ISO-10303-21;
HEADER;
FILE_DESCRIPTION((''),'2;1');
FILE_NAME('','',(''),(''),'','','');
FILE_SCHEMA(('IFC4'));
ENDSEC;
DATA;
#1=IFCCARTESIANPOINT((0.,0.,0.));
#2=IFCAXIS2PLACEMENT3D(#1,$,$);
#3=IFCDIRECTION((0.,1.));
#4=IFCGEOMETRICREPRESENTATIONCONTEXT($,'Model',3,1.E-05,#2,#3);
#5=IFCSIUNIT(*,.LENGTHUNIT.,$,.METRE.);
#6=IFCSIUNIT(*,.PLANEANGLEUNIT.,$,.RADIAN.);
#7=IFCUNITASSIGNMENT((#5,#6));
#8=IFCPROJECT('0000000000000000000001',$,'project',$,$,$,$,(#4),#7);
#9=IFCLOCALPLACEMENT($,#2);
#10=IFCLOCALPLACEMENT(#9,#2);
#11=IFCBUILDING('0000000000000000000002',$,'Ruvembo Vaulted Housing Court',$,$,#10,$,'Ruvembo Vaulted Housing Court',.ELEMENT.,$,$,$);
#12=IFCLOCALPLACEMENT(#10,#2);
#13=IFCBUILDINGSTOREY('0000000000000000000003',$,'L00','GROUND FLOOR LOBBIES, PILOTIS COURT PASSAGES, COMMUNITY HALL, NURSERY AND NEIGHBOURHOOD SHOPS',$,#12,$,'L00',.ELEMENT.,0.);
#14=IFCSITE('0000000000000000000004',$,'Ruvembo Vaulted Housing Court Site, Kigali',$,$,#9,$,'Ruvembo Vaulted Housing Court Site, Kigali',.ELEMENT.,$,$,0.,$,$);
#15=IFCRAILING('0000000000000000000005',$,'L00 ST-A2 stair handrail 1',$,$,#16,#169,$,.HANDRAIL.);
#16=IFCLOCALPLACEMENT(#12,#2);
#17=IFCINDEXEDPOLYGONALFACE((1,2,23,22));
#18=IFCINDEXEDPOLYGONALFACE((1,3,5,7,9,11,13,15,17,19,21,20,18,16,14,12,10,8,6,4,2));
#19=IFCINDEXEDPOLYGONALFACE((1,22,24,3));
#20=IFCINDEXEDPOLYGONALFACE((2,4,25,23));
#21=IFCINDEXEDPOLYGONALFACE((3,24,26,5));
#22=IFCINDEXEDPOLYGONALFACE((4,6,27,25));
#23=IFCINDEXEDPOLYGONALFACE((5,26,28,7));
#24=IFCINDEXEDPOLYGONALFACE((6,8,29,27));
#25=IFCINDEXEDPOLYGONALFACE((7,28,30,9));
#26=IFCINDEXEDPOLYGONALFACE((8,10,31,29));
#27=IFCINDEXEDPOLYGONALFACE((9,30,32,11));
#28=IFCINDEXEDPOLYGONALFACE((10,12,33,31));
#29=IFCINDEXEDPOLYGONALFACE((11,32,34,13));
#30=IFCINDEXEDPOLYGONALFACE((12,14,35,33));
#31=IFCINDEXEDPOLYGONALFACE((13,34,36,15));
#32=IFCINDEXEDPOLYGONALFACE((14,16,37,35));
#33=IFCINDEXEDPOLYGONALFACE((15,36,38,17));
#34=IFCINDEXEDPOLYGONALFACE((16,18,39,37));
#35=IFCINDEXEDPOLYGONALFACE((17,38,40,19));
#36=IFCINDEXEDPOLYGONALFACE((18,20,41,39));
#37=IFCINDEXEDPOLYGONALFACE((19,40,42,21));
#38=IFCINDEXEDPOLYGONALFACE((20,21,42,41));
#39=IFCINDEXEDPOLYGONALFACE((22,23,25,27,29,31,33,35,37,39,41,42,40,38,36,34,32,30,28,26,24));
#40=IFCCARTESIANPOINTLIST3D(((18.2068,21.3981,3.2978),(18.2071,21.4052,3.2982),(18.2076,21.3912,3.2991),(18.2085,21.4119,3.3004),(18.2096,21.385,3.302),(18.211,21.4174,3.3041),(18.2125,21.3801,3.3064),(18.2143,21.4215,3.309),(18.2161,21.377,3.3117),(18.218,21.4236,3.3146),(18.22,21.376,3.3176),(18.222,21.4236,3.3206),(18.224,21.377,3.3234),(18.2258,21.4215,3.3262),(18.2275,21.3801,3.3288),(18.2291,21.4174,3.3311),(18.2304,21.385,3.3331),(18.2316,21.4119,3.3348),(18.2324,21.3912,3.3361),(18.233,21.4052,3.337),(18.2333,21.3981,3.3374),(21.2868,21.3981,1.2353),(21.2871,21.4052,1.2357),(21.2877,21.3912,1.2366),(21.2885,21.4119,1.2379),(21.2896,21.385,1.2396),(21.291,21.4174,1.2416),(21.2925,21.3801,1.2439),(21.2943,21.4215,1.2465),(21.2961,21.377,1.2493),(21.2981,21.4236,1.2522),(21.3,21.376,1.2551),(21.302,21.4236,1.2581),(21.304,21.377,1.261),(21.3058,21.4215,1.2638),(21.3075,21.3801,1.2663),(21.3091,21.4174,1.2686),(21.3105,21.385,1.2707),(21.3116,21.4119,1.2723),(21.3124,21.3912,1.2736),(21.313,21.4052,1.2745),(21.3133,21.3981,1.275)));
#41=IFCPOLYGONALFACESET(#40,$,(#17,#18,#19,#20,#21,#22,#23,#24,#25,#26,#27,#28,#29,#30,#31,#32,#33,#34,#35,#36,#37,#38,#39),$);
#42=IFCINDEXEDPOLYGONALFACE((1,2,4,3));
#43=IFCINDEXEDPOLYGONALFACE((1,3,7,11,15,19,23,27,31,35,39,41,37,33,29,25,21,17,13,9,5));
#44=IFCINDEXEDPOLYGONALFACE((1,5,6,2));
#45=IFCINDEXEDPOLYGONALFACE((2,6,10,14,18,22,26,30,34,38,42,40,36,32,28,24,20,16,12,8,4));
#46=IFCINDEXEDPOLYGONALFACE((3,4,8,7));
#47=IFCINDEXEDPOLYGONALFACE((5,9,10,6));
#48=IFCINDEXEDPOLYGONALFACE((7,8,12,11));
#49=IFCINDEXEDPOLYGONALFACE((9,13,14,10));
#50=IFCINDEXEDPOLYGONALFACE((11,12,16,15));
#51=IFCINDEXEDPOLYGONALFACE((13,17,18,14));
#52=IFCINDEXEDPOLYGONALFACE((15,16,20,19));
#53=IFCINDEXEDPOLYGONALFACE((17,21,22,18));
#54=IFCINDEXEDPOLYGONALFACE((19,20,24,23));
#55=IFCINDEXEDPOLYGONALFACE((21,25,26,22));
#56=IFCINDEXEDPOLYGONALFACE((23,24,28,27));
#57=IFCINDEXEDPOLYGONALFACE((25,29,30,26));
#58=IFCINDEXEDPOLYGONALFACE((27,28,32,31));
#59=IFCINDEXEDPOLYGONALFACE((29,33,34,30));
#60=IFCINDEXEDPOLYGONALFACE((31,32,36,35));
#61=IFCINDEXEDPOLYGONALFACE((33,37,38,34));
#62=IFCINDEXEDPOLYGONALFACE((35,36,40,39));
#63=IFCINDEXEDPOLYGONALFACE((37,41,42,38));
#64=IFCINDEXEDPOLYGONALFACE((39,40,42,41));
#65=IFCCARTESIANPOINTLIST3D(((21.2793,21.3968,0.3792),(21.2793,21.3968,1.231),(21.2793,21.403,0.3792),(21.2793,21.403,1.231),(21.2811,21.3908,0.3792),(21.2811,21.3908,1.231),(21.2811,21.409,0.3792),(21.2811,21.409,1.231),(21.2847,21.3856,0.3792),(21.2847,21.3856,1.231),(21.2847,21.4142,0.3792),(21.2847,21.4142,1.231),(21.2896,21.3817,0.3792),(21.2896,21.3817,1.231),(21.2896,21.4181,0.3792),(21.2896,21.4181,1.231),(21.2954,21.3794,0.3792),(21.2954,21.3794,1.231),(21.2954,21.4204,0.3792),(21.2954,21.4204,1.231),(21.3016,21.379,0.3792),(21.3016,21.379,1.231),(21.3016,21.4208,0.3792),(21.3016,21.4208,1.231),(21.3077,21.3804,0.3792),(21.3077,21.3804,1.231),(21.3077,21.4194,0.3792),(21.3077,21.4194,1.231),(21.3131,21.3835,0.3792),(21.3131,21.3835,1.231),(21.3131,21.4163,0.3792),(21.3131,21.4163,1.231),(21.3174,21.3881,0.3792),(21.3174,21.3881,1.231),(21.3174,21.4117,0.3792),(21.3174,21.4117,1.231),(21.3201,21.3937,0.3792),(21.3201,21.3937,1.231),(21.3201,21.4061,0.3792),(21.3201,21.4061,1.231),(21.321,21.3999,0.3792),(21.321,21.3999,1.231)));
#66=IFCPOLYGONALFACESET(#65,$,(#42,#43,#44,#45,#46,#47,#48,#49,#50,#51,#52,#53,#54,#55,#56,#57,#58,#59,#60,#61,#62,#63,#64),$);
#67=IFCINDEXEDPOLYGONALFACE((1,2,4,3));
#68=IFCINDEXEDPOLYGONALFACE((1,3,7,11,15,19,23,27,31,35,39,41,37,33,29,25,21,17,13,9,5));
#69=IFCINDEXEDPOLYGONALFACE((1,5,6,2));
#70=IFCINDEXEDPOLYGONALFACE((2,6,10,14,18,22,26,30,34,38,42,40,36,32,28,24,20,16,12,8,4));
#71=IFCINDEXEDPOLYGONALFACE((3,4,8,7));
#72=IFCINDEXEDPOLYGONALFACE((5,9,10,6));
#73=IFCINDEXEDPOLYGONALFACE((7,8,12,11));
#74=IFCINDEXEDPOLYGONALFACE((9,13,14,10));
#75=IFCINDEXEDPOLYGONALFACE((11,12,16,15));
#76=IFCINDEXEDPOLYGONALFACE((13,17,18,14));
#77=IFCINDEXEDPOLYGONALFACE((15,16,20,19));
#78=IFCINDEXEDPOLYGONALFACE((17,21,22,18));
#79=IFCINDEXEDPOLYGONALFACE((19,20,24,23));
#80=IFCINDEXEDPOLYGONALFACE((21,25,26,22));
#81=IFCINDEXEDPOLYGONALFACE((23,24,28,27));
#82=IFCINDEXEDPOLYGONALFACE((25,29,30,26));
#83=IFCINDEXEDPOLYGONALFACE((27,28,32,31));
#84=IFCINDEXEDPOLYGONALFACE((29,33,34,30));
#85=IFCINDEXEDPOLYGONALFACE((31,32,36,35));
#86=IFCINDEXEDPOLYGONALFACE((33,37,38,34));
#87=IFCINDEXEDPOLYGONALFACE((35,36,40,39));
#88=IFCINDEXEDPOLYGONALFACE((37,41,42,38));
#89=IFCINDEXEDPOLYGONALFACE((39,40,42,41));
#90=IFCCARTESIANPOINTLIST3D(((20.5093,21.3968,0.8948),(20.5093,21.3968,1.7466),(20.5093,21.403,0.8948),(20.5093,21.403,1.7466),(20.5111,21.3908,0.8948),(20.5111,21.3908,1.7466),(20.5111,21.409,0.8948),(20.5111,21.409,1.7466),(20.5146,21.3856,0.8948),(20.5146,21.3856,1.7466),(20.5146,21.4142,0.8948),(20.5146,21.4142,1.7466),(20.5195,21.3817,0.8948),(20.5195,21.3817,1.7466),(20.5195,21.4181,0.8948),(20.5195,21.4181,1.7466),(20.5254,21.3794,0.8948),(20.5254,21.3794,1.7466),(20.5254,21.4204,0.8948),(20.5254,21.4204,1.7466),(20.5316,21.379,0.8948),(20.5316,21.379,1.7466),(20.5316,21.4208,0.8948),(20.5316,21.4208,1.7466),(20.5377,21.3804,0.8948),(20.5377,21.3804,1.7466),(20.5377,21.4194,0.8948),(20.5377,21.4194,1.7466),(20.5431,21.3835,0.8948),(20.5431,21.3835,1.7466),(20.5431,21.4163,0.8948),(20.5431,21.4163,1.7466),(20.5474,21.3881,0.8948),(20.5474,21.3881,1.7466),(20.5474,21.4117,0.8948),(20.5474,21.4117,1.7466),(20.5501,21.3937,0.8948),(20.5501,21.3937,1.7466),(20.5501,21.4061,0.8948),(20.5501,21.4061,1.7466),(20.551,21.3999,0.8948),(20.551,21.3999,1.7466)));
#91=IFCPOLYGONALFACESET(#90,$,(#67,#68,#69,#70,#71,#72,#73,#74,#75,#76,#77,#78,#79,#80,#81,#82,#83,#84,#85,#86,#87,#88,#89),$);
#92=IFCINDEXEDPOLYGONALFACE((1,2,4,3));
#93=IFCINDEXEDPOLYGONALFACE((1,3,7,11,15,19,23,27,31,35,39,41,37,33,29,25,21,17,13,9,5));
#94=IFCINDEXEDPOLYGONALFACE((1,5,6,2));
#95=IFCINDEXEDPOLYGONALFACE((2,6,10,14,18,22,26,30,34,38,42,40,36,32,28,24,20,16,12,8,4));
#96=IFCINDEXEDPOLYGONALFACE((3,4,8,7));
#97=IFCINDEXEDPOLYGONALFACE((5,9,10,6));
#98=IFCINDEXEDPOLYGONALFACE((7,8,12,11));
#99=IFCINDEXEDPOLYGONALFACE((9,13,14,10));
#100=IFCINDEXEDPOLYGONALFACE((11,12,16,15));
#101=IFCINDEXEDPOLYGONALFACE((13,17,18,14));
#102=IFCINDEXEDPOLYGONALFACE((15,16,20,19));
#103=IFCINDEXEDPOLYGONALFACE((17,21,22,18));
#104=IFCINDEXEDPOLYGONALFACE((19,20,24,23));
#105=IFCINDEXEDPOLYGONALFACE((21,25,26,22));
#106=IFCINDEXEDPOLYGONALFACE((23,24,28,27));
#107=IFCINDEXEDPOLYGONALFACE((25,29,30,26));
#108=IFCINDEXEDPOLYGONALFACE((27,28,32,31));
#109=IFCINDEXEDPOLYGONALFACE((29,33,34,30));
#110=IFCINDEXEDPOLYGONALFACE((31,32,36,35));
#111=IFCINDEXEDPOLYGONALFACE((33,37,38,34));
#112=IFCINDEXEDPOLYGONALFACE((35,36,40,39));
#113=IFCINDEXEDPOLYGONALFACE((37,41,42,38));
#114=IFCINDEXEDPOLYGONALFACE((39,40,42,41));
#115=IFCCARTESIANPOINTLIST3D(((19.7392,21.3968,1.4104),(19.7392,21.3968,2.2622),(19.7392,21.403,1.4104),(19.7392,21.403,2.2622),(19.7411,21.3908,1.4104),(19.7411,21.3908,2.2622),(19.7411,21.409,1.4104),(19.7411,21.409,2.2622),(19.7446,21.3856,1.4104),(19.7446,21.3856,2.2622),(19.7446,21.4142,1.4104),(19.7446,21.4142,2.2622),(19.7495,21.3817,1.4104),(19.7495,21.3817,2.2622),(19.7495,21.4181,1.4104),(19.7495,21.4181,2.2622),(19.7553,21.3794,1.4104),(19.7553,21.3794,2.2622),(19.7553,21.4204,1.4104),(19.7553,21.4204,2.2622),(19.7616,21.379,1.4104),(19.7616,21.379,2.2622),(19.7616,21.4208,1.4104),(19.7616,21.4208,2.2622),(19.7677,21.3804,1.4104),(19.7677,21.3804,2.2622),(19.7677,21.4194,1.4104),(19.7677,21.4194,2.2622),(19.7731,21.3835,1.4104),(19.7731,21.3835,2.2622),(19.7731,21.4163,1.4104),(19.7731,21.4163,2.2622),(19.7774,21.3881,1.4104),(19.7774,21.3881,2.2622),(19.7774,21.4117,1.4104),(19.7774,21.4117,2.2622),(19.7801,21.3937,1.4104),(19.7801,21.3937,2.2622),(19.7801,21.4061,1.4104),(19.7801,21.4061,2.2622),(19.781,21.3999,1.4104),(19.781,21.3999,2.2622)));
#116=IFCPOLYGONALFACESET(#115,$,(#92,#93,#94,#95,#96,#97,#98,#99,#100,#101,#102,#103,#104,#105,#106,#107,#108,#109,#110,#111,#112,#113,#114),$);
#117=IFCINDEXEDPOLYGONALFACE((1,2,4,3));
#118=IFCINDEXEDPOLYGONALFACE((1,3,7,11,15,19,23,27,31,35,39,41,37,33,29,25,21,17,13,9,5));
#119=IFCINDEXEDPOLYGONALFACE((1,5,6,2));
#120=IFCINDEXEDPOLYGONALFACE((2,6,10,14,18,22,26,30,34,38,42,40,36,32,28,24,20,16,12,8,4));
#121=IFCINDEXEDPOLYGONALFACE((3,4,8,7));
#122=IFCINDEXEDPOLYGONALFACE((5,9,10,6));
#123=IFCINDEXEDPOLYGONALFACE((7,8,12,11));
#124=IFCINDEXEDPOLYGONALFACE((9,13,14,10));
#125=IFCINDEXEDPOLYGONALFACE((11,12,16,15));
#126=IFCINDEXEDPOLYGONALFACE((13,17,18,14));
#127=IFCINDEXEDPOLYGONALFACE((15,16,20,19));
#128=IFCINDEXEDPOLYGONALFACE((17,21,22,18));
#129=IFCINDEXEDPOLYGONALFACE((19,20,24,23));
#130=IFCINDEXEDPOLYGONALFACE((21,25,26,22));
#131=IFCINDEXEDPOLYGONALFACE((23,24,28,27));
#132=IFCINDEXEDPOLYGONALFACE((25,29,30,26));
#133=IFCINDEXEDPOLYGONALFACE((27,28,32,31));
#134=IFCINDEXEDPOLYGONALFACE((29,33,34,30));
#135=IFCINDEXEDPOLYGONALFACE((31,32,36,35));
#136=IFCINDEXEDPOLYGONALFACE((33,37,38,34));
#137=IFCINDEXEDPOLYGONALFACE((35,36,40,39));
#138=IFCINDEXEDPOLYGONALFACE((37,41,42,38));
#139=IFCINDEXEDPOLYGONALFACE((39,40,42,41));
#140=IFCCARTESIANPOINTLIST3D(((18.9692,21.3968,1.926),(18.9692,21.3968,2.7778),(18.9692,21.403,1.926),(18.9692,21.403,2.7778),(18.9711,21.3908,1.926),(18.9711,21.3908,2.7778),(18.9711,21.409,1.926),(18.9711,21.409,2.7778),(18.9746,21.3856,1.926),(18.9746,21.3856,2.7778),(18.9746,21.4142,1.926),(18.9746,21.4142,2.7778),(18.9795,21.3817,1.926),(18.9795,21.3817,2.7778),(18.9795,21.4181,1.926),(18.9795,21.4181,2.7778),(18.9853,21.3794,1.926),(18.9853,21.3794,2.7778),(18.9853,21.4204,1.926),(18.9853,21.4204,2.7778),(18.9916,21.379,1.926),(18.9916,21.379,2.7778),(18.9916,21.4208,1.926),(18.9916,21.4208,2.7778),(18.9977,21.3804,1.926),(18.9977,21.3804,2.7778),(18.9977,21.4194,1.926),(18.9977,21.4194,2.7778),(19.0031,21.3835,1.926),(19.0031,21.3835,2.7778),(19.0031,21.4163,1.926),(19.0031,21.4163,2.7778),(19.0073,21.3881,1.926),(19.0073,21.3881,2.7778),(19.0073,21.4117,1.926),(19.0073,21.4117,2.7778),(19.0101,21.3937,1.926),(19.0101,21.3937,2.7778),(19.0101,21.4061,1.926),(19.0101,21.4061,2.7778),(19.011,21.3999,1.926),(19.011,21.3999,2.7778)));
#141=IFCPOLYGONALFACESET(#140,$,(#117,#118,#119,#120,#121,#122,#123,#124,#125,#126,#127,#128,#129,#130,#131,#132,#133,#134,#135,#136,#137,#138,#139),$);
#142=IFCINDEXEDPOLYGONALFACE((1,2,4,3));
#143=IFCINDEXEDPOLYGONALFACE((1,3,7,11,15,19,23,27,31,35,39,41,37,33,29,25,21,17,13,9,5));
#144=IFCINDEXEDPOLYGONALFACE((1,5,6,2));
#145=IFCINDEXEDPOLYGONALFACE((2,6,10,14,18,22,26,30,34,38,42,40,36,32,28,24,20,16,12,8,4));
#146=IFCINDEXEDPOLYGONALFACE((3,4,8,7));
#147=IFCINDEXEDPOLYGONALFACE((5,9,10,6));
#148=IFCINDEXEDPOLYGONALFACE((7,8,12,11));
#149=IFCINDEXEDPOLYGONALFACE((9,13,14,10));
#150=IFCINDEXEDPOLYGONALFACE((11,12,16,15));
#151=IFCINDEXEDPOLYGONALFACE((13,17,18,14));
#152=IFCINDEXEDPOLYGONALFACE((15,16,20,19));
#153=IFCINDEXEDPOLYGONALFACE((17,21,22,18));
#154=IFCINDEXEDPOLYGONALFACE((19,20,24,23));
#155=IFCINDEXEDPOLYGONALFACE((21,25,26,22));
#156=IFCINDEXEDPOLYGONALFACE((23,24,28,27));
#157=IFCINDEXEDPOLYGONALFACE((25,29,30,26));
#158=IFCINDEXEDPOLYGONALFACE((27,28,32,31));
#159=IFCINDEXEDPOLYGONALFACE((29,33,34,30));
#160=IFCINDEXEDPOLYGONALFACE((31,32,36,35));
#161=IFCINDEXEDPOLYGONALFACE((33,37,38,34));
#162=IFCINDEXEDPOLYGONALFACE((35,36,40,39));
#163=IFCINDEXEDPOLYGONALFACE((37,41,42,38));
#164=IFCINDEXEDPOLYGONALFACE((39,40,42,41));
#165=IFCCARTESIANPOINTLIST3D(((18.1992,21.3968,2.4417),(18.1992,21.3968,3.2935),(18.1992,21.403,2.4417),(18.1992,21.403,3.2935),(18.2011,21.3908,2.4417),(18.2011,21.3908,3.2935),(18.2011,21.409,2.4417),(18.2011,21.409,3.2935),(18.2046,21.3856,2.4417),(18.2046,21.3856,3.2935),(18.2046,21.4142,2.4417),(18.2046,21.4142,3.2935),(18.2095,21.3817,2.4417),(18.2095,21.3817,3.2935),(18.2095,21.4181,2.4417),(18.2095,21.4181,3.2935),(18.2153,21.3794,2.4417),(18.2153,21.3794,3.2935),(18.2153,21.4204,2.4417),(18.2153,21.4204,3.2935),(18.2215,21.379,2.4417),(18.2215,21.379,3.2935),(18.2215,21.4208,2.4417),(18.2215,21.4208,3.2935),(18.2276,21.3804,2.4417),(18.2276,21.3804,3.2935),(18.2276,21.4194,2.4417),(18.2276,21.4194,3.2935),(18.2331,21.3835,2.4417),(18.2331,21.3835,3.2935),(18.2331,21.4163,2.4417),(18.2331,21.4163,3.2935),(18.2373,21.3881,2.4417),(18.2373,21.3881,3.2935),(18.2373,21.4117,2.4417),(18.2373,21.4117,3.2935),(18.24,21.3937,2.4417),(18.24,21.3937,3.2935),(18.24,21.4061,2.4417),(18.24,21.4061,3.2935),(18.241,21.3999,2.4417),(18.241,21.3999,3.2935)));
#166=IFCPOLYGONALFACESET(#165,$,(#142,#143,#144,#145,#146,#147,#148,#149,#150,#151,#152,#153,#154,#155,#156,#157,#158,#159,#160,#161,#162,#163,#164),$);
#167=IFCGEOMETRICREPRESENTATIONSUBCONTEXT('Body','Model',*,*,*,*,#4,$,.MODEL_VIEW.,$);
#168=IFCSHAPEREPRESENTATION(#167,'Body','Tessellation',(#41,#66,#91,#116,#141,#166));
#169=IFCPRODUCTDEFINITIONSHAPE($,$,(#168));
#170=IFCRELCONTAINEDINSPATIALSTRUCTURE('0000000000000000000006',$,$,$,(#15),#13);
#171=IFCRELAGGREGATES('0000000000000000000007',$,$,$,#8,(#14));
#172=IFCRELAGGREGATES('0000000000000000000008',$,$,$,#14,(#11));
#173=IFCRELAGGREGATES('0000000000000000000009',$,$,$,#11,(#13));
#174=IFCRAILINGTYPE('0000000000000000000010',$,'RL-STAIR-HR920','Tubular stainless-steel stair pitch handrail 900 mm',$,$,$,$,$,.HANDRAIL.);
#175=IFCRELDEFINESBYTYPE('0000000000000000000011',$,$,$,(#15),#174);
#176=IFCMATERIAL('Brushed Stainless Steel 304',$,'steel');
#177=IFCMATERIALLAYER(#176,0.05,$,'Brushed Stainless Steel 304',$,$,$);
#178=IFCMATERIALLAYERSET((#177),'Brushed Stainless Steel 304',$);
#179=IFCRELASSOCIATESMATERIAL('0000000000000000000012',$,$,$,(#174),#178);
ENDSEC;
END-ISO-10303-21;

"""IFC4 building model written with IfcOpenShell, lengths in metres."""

from ifc_helpers import new_model, si_unit, direction, frame, origin, origin_2d, place, context, subcontext, project, spatial, circle, extrude, material, layer, layer_set, type_object, element, save


model = new_model("IFC4")

# Units and contexts
model_context = context("Model", 3, precision=1e-05, world=origin(), true_north=direction((0.0, 1.0)))
body_context = subcontext(model_context, "Body", "Model", "MODEL_VIEW")
ifc_project = project(units=[si_unit("LENGTHUNIT", "METRE"), si_unit("PLANEANGLEUNIT", "RADIAN")], contexts=[model_context])

# Site, building, storey
site_placement = place(None, origin())
site = spatial("IfcSite", under=ifc_project, at=site_placement, Name="Ruvembo Vaulted Housing Court Site, Kigali", LongName="Ruvembo Vaulted Housing Court Site, Kigali", CompositionType="ELEMENT", RefElevation=0.0)
building_placement = place(site_placement, origin())
building = spatial("IfcBuilding", under=site, at=building_placement, Name="Ruvembo Vaulted Housing Court", LongName="Ruvembo Vaulted Housing Court", CompositionType="ELEMENT")
storey_placement = place(building_placement, origin())
storey = spatial("IfcBuildingStorey", under=building, at=storey_placement, Name="L00", Description="GROUND FLOOR LOBBIES, PILOTIS COURT PASSAGES, COMMUNITY HALL, NURSERY AND NEIGHBOURHOOD SHOPS", LongName="L00", CompositionType="ELEMENT", Elevation=0.0)

# Railing
ifc_material_1 = material(Name="Brushed Stainless Steel 304", Category="steel")
ifc_layer_1 = layer(ifc_material_1, 0.05, Name="Brushed Stainless Steel 304")
ifc_layer_set_1 = layer_set([ifc_layer_1], Name="Brushed Stainless Steel 304")
railing_type_1 = type_object("IfcRailingType", Name="RL-STAIR-HR920", Description="Tubular stainless-steel stair pitch handrail 900 mm", PredefinedType="HANDRAIL", material=ifc_layer_set_1)
railing_1_placement = place(storey_placement, frame((21.3, 21.3999, 0.3792)))
element("IfcRailing", 1, at=railing_1_placement, inside=storey, type_object=railing_type_1, Name="L00 ST-A2 stair handrail 1", PredefinedType="HANDRAIL", context=body_context, shape_type="SweptSolid", body=[
    extrude(circle(Radius=0.0239, at=origin_2d()), frame((0.0, 0.0, 0.876), z_axis=(-0.830914, 0.0, 0.556401), x_axis=(0.0, -1.0, 0.0)), (0.0, 0.0, 1.0), 3.7068),
    extrude(circle(Radius=0.021, at=origin_2d()), origin(), (0.0, 0.0, 1.0), 0.8518),
    extrude(circle(Radius=0.021, at=origin_2d()), frame((-0.77, 0.0, 0.5156)), (0.0, 0.0, 1.0), 0.8518),
    extrude(circle(Radius=0.021, at=origin_2d()), frame((-1.54, 0.0, 1.0312)), (0.0, 0.0, 1.0), 0.8518),
    extrude(circle(Radius=0.021, at=origin_2d()), frame((-2.3101, 0.0, 1.5469)), (0.0, 0.0, 1.0), 0.8518),
    extrude(circle(Radius=0.021, at=origin_2d()), frame((-3.0801, 0.0, 2.0625)), (0.0, 0.0, 1.0), 0.8518),
])

save(model, "model.ifc")
